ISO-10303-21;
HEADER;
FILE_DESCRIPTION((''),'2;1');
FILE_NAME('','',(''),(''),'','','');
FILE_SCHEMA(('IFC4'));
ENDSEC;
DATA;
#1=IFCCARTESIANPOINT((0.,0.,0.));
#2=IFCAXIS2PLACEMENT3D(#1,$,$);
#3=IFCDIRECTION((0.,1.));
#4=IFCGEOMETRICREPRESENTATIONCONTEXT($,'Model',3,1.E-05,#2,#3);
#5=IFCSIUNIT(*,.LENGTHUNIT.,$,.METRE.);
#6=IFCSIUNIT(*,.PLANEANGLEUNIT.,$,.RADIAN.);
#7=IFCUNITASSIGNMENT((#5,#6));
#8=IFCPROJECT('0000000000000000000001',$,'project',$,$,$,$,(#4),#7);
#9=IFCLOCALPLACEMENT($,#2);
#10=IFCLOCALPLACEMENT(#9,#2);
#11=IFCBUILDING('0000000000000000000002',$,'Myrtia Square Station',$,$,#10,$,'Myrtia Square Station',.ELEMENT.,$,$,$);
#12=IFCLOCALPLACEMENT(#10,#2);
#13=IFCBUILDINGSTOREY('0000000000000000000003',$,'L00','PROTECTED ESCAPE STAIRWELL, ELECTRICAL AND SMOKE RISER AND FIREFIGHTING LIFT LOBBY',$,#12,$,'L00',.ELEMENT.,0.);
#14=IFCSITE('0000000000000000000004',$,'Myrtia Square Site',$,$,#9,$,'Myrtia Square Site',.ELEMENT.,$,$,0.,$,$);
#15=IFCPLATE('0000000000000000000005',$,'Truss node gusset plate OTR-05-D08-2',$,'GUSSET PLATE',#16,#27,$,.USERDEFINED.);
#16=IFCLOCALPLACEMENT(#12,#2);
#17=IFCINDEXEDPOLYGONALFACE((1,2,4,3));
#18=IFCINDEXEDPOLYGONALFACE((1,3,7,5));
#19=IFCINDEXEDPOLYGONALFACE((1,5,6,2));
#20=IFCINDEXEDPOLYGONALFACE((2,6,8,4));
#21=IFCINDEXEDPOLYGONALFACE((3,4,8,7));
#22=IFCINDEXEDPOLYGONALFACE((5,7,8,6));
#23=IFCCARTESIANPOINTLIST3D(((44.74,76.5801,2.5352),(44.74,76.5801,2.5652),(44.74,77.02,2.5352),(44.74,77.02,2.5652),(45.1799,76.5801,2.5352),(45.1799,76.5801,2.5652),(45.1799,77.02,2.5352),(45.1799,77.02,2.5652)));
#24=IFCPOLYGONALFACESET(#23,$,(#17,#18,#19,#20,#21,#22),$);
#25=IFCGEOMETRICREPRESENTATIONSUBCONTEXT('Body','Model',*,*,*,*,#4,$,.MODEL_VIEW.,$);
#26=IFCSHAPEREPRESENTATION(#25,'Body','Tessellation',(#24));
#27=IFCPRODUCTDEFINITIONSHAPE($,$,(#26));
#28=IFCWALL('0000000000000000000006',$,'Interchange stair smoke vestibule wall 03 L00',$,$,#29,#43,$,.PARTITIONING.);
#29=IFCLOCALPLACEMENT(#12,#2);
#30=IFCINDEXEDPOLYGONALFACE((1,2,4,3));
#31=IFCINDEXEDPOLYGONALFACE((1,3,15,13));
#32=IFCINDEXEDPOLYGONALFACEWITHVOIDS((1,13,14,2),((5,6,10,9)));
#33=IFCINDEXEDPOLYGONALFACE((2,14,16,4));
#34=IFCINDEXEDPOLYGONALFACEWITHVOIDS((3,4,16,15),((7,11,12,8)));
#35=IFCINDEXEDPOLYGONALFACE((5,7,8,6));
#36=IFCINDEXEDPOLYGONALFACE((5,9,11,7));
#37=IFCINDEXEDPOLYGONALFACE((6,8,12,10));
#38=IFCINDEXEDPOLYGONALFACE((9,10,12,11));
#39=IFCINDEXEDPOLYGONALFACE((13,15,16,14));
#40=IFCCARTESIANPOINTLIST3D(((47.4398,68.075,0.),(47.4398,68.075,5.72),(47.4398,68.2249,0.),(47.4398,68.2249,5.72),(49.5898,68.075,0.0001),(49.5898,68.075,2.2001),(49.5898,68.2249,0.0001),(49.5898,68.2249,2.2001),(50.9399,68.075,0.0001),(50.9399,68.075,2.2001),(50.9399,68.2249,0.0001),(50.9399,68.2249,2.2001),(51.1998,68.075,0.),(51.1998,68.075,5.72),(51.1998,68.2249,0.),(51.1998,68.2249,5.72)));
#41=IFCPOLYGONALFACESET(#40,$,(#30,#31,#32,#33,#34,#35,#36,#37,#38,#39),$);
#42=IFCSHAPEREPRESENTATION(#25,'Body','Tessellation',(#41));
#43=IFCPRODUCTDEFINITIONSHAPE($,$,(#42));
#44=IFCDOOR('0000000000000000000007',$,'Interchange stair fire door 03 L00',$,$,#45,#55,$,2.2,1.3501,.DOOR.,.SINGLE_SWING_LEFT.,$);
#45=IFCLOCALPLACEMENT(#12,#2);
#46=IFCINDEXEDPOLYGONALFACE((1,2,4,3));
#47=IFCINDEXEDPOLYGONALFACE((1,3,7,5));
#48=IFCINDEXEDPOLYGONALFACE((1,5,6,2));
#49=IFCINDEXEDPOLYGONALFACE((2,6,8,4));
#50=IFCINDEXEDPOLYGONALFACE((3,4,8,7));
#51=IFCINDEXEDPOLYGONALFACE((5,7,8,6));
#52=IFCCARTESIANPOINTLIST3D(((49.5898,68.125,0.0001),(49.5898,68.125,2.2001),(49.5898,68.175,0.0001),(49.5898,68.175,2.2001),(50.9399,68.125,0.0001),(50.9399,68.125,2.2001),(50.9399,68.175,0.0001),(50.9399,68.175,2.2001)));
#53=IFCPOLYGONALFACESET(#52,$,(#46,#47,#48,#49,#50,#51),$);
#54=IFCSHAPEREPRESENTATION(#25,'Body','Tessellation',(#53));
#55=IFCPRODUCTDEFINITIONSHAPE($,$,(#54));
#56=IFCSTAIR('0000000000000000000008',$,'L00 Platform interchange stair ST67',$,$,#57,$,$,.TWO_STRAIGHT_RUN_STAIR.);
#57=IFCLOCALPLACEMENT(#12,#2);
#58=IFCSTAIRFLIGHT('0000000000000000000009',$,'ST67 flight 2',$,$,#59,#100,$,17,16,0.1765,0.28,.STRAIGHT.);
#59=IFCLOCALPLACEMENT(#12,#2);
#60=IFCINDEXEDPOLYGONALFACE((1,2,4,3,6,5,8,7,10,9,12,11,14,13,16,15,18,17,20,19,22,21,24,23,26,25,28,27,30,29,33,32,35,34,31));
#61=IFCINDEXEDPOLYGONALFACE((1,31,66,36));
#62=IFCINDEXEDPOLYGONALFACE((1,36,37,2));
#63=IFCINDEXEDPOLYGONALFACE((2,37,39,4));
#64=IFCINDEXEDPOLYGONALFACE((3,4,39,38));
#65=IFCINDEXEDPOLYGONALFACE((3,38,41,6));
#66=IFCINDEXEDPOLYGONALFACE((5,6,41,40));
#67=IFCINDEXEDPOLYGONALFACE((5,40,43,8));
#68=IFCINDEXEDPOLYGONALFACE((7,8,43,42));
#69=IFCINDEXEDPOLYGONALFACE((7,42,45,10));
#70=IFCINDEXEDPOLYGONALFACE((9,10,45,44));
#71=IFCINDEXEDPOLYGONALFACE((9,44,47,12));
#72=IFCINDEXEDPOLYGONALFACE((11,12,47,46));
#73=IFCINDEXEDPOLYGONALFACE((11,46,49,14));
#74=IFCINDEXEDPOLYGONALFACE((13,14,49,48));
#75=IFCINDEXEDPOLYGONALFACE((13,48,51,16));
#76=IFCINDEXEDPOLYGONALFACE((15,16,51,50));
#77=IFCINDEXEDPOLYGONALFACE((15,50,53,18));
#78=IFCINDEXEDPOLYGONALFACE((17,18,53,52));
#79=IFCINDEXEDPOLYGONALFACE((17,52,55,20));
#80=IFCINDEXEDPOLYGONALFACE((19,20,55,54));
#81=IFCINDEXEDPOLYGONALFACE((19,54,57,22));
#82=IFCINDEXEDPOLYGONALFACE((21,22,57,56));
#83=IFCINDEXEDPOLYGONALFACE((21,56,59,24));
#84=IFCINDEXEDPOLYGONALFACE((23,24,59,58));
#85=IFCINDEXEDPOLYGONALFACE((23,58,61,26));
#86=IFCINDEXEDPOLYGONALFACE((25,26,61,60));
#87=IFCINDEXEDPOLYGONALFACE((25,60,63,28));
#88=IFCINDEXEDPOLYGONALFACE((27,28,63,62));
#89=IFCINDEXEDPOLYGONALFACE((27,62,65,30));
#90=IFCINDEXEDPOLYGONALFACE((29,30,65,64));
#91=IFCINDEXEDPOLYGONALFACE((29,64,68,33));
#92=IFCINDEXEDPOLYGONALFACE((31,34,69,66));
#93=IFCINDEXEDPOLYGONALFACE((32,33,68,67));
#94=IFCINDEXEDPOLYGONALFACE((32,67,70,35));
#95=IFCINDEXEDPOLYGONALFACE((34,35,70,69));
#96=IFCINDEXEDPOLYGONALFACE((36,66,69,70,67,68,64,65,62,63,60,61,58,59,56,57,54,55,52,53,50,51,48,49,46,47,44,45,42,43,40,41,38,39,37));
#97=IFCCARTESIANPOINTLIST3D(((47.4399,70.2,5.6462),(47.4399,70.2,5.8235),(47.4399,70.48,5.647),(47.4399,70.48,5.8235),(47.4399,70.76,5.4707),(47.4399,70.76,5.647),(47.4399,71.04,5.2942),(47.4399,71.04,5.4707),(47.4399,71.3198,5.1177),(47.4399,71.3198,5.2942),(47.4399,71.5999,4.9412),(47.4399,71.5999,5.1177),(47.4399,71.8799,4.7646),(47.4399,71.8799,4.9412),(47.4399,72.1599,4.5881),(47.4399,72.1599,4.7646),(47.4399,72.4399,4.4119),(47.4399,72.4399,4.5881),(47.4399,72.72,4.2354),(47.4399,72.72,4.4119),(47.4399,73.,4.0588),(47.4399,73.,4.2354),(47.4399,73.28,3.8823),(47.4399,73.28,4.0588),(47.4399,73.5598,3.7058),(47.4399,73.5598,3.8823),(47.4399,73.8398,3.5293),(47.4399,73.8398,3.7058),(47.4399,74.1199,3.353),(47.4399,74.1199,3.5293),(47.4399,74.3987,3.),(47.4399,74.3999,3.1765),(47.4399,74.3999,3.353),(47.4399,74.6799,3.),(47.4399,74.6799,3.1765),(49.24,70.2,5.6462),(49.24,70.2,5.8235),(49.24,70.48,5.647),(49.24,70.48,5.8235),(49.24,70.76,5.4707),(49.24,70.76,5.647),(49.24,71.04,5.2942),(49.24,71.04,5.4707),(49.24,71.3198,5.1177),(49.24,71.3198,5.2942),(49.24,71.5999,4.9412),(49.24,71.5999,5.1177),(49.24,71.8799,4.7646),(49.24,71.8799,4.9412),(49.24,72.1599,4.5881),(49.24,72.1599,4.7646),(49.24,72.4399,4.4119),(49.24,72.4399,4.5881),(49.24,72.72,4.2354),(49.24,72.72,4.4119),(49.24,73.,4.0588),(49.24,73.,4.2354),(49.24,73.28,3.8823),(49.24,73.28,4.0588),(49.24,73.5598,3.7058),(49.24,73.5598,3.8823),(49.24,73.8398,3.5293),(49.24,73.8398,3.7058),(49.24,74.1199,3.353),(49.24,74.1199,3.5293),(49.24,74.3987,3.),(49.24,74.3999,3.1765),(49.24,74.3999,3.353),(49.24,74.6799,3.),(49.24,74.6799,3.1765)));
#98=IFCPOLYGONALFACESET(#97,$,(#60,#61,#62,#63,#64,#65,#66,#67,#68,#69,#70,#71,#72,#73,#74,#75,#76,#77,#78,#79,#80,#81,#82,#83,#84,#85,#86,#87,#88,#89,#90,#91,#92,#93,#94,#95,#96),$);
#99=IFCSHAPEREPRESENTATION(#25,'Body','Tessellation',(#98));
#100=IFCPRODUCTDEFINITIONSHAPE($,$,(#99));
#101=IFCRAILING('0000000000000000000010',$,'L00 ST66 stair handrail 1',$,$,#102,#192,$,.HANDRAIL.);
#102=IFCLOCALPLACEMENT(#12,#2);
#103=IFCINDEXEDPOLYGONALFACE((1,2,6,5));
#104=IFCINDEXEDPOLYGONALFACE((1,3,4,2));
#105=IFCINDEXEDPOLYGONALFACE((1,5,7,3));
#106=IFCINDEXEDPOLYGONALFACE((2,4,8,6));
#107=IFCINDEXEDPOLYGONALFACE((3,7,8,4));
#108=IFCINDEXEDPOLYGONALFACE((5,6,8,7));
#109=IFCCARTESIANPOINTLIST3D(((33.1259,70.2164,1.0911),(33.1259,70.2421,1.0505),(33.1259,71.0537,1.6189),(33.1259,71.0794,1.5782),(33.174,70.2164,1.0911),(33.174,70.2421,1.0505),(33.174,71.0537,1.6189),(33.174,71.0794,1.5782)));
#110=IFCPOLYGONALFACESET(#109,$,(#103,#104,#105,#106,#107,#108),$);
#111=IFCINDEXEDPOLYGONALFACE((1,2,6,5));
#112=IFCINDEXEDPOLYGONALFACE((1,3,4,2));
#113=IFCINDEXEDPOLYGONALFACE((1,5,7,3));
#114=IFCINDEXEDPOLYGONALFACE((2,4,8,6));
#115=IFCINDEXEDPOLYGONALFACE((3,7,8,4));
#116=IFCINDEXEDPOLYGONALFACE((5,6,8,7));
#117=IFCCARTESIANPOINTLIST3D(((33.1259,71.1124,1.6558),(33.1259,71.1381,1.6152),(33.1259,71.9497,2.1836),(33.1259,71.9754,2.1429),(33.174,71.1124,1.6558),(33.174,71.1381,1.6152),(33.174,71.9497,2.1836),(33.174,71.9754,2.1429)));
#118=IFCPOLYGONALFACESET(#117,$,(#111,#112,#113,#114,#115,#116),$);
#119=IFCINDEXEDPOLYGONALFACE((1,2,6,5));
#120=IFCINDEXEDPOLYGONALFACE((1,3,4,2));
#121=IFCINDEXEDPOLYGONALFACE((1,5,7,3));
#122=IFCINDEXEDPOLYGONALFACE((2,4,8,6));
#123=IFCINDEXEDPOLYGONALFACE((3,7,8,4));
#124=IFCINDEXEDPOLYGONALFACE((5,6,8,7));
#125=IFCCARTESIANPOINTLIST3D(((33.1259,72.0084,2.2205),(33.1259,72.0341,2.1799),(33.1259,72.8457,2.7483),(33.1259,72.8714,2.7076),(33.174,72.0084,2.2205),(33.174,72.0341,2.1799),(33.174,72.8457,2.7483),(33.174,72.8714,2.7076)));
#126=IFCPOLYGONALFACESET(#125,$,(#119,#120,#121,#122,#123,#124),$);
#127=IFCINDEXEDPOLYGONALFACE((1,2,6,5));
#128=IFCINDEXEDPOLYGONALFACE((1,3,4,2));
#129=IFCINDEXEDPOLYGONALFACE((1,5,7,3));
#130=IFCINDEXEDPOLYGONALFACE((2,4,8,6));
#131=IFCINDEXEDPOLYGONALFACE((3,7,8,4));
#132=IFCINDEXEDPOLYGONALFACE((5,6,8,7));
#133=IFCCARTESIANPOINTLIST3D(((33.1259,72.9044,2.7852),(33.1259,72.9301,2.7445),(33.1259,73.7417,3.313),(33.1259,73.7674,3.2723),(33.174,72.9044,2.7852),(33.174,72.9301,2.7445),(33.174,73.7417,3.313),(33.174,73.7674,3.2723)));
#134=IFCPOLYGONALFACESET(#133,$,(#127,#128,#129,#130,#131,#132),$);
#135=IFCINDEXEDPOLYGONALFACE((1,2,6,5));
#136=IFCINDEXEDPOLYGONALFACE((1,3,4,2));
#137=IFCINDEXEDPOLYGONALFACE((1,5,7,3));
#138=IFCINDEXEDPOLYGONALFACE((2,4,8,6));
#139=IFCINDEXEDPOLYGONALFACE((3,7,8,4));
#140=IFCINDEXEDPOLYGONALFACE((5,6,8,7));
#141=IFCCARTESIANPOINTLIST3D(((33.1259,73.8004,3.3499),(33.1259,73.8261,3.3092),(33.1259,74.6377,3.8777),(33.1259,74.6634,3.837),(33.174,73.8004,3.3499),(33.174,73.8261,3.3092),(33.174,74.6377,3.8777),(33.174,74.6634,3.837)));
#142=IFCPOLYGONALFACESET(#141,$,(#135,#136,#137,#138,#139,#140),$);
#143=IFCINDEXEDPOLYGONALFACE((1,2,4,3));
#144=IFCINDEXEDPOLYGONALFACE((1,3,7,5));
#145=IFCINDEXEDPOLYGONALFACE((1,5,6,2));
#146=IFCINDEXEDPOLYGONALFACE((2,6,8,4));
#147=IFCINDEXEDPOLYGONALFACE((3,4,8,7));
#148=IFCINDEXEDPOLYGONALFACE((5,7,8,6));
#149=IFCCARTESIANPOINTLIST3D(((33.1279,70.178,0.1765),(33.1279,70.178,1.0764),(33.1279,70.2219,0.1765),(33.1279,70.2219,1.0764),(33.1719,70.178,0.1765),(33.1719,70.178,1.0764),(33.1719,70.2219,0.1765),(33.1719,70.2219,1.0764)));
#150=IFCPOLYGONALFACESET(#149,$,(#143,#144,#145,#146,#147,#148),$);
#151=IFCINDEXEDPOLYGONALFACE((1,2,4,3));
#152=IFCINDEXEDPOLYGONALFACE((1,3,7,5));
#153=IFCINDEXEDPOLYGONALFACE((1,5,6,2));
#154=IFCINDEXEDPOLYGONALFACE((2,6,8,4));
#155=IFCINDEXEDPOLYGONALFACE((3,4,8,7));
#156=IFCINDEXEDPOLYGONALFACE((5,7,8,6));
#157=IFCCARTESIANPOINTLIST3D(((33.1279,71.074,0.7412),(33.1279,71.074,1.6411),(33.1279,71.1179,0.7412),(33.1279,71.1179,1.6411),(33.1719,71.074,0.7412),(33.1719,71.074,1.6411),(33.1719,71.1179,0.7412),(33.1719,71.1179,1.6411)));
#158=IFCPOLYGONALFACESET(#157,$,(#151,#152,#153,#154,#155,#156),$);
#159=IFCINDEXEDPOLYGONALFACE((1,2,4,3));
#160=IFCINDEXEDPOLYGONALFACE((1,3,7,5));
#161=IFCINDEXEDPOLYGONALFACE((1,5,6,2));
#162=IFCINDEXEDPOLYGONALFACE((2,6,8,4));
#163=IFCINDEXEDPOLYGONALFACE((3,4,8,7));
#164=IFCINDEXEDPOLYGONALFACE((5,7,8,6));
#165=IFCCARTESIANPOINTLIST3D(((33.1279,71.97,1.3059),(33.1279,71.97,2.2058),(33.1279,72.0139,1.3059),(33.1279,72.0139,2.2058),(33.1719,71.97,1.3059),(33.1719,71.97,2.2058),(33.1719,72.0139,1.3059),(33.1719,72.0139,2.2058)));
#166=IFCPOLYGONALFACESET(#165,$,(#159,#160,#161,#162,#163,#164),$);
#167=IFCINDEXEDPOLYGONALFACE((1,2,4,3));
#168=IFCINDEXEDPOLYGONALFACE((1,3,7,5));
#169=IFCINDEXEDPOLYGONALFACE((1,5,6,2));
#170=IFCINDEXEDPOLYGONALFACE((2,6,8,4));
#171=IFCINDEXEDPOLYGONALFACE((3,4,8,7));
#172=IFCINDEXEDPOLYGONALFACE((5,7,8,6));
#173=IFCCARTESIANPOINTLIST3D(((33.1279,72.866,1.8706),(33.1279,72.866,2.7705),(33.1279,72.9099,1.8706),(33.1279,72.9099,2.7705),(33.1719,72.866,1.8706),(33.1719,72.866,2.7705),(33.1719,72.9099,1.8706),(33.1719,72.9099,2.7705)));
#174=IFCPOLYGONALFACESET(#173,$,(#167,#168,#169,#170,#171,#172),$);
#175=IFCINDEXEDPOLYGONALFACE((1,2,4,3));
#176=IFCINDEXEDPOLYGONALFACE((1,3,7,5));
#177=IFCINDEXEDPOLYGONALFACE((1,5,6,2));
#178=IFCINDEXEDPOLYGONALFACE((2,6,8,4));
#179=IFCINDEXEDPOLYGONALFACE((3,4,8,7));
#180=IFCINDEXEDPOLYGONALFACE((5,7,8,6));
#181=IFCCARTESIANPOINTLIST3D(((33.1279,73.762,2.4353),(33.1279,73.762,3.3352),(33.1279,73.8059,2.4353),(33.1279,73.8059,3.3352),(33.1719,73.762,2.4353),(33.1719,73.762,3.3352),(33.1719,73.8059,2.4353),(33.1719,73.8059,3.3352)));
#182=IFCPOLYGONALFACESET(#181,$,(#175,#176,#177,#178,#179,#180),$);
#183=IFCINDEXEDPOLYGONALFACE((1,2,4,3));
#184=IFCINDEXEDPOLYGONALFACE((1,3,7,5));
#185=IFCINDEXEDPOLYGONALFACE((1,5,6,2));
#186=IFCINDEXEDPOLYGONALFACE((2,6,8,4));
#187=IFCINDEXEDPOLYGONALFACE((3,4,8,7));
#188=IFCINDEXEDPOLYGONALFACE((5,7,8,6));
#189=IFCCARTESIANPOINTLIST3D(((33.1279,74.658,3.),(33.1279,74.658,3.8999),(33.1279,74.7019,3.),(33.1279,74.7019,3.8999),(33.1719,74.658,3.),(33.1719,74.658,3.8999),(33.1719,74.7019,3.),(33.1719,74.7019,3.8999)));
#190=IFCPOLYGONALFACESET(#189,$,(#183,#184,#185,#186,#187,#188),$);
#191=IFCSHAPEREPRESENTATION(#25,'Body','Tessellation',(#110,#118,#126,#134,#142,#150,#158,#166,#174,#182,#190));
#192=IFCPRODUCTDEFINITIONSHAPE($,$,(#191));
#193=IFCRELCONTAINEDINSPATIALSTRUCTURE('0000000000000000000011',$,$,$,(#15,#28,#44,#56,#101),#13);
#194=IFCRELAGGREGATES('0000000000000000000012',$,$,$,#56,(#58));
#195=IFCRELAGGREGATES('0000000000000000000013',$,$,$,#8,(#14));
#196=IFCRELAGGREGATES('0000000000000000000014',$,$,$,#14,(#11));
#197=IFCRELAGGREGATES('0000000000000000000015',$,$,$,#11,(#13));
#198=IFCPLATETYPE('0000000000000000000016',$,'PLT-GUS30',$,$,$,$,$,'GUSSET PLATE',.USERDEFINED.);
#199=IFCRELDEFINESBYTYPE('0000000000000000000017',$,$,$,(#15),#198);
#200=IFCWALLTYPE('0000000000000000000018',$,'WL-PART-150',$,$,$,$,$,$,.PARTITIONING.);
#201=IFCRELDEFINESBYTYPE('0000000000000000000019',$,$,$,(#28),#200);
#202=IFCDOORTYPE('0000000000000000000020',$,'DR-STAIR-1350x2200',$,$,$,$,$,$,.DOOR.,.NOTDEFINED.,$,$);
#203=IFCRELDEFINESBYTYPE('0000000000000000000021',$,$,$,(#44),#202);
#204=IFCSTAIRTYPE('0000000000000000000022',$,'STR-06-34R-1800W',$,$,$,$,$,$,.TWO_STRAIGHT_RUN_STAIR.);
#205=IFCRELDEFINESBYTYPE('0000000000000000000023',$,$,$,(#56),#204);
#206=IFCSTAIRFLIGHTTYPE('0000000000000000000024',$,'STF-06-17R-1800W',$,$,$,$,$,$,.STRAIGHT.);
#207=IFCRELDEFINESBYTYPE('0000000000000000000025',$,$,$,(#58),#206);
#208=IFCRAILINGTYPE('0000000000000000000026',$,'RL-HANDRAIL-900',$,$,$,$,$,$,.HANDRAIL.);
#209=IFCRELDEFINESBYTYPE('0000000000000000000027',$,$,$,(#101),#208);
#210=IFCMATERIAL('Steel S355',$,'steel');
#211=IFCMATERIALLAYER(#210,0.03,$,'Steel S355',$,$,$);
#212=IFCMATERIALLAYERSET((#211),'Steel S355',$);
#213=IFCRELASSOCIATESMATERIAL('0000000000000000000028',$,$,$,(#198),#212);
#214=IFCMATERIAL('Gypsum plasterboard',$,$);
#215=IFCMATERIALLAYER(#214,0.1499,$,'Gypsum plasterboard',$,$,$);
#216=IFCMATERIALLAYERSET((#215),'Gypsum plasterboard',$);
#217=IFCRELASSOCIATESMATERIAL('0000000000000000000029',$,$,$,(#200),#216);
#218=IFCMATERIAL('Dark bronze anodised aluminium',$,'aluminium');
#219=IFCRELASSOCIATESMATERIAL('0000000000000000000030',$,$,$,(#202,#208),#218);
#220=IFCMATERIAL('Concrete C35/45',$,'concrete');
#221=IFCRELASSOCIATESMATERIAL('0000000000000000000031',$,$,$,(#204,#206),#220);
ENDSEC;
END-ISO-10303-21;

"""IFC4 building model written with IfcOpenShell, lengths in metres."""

from ifc_helpers import new_model, si_unit, direction, frame, frame_2d, origin, origin_2d, place, context, subcontext, project, spatial, polyline, rectangle, outline, extrude, material, layer, layer_set, type_object, element, fill, aggregate, save


model = new_model("IFC4")

# Units and contexts
model_context = context("Model", 3, precision=1e-05, world=origin(), true_north=direction((0.0, 1.0)))
body_context = subcontext(model_context, "Body", "Model", "MODEL_VIEW")
ifc_project = project(units=[si_unit("LENGTHUNIT", "METRE"), si_unit("PLANEANGLEUNIT", "RADIAN")], contexts=[model_context])

# Site, building, storey
site_placement = place(None, origin())
site = spatial("IfcSite", under=ifc_project, at=site_placement, Name="Myrtia Square Site", LongName="Myrtia Square Site", CompositionType="ELEMENT", RefElevation=0.0)
building_placement = place(site_placement, origin())
building = spatial("IfcBuilding", under=site, at=building_placement, Name="Myrtia Square Station", LongName="Myrtia Square Station", CompositionType="ELEMENT")
storey_placement = place(building_placement, origin())
storey = spatial("IfcBuildingStorey", under=building, at=storey_placement, Name="L00", Description="PROTECTED ESCAPE STAIRWELL, ELECTRICAL AND SMOKE RISER AND FIREFIGHTING LIFT LOBBY", LongName="L00", CompositionType="ELEMENT", Elevation=0.0)

# Shared definitions
ifc_material_1 = material(Name="Steel S355", Category="steel")

# Plate
ifc_layer_1 = layer(ifc_material_1, 0.03, Name="Steel S355")
ifc_layer_set_1 = layer_set([ifc_layer_1], Name="Steel S355")
plate_type = type_object("IfcPlateType", Name="PLT-GUS30", ElementType="GUSSET PLATE", PredefinedType="USERDEFINED", material=ifc_layer_set_1)
for number, where, z_axis, x_axis, name in (
    (1, (44.96, 76.8, 2.5352), (0.0, 0.0, 1.0), (1.0, 0.0, 0.0), "Truss node gusset plate OTR-05-D08-2"),
):
    element("IfcPlate", number, at=place(storey_placement, frame(where, z_axis=z_axis, x_axis=x_axis)), inside=storey, type_object=plate_type, Name=name, ObjectType="GUSSET PLATE", PredefinedType="USERDEFINED", context=body_context, shape_type="SweptSolid", body=[
        extrude(rectangle(XDim=0.4399, YDim=0.4399, at=origin_2d()), origin(), (0.0, 0.0, 1.0), 0.03),
    ])

# Wall, opening, door
ifc_material_2 = material(Name="Gypsum plasterboard")
ifc_layer_2 = layer(ifc_material_2, 0.1499, Name="Gypsum plasterboard")
ifc_layer_set_2 = layer_set([ifc_layer_2], Name="Gypsum plasterboard")
wall_type = type_object("IfcWallType", Name="WL-PART-150", PredefinedType="PARTITIONING", material=ifc_layer_set_2)
wall_placement = place(storey_placement, frame((47.4399, 68.1499, 0.0), z_axis=(0.0, 0.0, 1.0), x_axis=(1.0, 0.0, 0.0)))
wall = element("IfcWall", 2, at=wall_placement, inside=storey, type_object=wall_type, Name="Interchange stair smoke vestibule wall 03 L00", PredefinedType="PARTITIONING", context=body_context, shape_type="SweptSolid", body=[
    extrude(rectangle(XDim=3.76, YDim=0.1499, at=frame_2d((1.8799, 0.0))), origin(), (0.0, 0.0, 1.0), 5.72),
])
opening_placement = place(wall_placement, frame((2.1499, 0.0, 0.0)))
opening = element("IfcOpeningElement", 3, at=opening_placement, cuts=wall, PredefinedType="OPENING", context=body_context, shape_type="SweptSolid", body=[
    extrude(rectangle(XDim=1.3501, YDim=2.2, at=frame_2d((0.675, 1.1001))), frame((0.0, 0.0898, 0.0), z_axis=(0.0, -1.0, 0.0), x_axis=(1.0, 0.0, 0.0)), (0.0, 0.0, 1.0), 0.1799),
])
ifc_material_3 = material(Name="Dark bronze anodised aluminium", Category="aluminium")
door_type = type_object("IfcDoorType", Name="DR-STAIR-1350x2200", OperationType="NOTDEFINED", PredefinedType="DOOR", material=ifc_material_3)
door_placement = place(opening_placement, frame((1.3501, 0.0, 0.0), z_axis=(0.0, 0.0, 1.0), x_axis=(-1.0, 0.0, 0.0)))
door = element("IfcDoor", 4, at=door_placement, inside=storey, type_object=door_type, Name="Interchange stair fire door 03 L00", OperationType="SINGLE_SWING_LEFT", OverallHeight=2.2, OverallWidth=1.3501, PredefinedType="DOOR", context=body_context, shape_type="SweptSolid", body=[
    extrude(rectangle(XDim=1.3501, YDim=2.2, at=frame_2d((0.675, 1.1001))), frame((0.0, 0.0249, 0.0), z_axis=(0.0, -1.0, 0.0), x_axis=(1.0, 0.0, 0.0)), (0.0, 0.0, 1.0), 0.05),
])
fill(opening, door)

# Stair, stair flight
ifc_material_4 = material(Name="Concrete C35/45", Category="concrete")
stair_type = type_object("IfcStairType", Name="STR-06-34R-1800W", PredefinedType="TWO_STRAIGHT_RUN_STAIR", material=ifc_material_4)
stair_placement = place(storey_placement, origin())
stair = element("IfcStair", 5, at=stair_placement, inside=storey, type_object=stair_type, Name="L00 Platform interchange stair ST67", PredefinedType="TWO_STRAIGHT_RUN_STAIR")
stair_flight_type = type_object("IfcStairFlightType", Name="STF-06-17R-1800W", PredefinedType="STRAIGHT", material=ifc_material_4)
stair_flight_placement = place(storey_placement, frame((48.3401, 74.6799, 3.0), z_axis=(0.0, 0.0, 1.0), x_axis=(0.0, -1.0, 0.0)))
stair_flight = element("IfcStairFlight", 6, at=stair_flight_placement, type_object=stair_flight_type, Name="ST67 flight 2", NumberOfRisers=17, NumberOfTreads=16, PredefinedType="STRAIGHT", RiserHeight=0.1765, TreadLength=0.28, context=body_context, shape_type="SweptSolid", body=[
    extrude(outline(polyline([(0.0, 0.0), (0.0, 0.1765), (0.28, 0.1765), (0.28, 0.353), (0.5601, 0.353), (0.5601, 0.5293), (0.8401, 0.5293), (0.8401, 0.7058), (1.1201, 0.7058), (1.1201, 0.8823), (1.3999, 0.8823), (1.3999, 1.0588), (1.6799, 1.0588), (1.6799, 1.2354), (1.96, 1.2354), (1.96, 1.4119), (2.24, 1.4119), (2.24, 1.5881), (2.52, 1.5881), (2.52, 1.7646), (2.8, 1.7646), (2.8, 1.9412), (3.0801, 1.9412), (3.0801, 2.1177), (3.3601, 2.1177), (3.3601, 2.2942), (3.6399, 2.2942), (3.6399, 2.4707), (3.9199, 2.4707), (3.9199, 2.647), (4.2, 2.647), (4.2, 2.8235), (4.48, 2.8235), (4.48, 3.0), (4.48, 2.6462), (0.2812, 0.0), (0.0, 0.0)])), frame((0.0, 0.8999, 0.0), z_axis=(0.0, -1.0, 0.0), x_axis=(1.0, 0.0, 0.0)), (0.0, 0.0, 1.0), 1.8),
])
aggregate(stair, [stair_flight])

# Railing
railing_type_1 = type_object("IfcRailingType", Name="RL-HANDRAIL-900", PredefinedType="HANDRAIL", material=ifc_material_3)
railing_1_placement = place(storey_placement, frame((33.1499, 70.2, 0.1765)))
element("IfcRailing", 7, at=railing_1_placement, inside=storey, type_object=railing_type_1, Name="L00 ST66 stair handrail 1", PredefinedType="HANDRAIL", context=body_context, shape_type="SweptSolid", body=[
    extrude(rectangle(XDim=0.0481, YDim=0.0481, at=origin_2d()), frame((0.0, 0.0293, 0.8943), z_axis=(0.0, 0.845998, 0.533186), x_axis=(-1.0, 0.0, 0.0)), (0.0, 0.0, 1.0), 0.9897),
    extrude(rectangle(XDim=0.0481, YDim=0.0481, at=origin_2d()), frame((0.0, 0.9253, 1.459), z_axis=(0.0, 0.845998, 0.533186), x_axis=(-1.0, 0.0, 0.0)), (0.0, 0.0, 1.0), 0.9897),
    extrude(rectangle(XDim=0.0481, YDim=0.0481, at=origin_2d()), frame((0.0, 1.8213, 2.0237), z_axis=(0.0, 0.845998, 0.533186), x_axis=(-1.0, 0.0, 0.0)), (0.0, 0.0, 1.0), 0.9897),
    extrude(rectangle(XDim=0.0481, YDim=0.0481, at=origin_2d()), frame((0.0, 2.7173, 2.5884), z_axis=(0.0, 0.845998, 0.533186), x_axis=(-1.0, 0.0, 0.0)), (0.0, 0.0, 1.0), 0.9897),
    extrude(rectangle(XDim=0.0481, YDim=0.0481, at=origin_2d()), frame((0.0, 3.6133, 3.1531), z_axis=(0.0, 0.845998, 0.533186), x_axis=(-1.0, 0.0, 0.0)), (0.0, 0.0, 1.0), 0.9897),
    extrude(rectangle(XDim=0.0439, YDim=0.0439, at=origin_2d()), origin(), (0.0, 0.0, 1.0), 0.8999),
    extrude(rectangle(XDim=0.0439, YDim=0.0439, at=origin_2d()), frame((0.0, 0.896, 0.5647)), (0.0, 0.0, 1.0), 0.8999),
    extrude(rectangle(XDim=0.0439, YDim=0.0439, at=origin_2d()), frame((0.0, 1.792, 1.1294)), (0.0, 0.0, 1.0), 0.8999),
    extrude(rectangle(XDim=0.0439, YDim=0.0439, at=origin_2d()), frame((0.0, 2.688, 1.6941)), (0.0, 0.0, 1.0), 0.8999),
    extrude(rectangle(XDim=0.0439, YDim=0.0439, at=origin_2d()), frame((0.0, 3.584, 2.2588)), (0.0, 0.0, 1.0), 0.8999),
    extrude(rectangle(XDim=0.0439, YDim=0.0439, at=origin_2d()), frame((0.0, 4.48, 2.8235)), (0.0, 0.0, 1.0), 0.8999),
])

save(model, "model.ifc")
